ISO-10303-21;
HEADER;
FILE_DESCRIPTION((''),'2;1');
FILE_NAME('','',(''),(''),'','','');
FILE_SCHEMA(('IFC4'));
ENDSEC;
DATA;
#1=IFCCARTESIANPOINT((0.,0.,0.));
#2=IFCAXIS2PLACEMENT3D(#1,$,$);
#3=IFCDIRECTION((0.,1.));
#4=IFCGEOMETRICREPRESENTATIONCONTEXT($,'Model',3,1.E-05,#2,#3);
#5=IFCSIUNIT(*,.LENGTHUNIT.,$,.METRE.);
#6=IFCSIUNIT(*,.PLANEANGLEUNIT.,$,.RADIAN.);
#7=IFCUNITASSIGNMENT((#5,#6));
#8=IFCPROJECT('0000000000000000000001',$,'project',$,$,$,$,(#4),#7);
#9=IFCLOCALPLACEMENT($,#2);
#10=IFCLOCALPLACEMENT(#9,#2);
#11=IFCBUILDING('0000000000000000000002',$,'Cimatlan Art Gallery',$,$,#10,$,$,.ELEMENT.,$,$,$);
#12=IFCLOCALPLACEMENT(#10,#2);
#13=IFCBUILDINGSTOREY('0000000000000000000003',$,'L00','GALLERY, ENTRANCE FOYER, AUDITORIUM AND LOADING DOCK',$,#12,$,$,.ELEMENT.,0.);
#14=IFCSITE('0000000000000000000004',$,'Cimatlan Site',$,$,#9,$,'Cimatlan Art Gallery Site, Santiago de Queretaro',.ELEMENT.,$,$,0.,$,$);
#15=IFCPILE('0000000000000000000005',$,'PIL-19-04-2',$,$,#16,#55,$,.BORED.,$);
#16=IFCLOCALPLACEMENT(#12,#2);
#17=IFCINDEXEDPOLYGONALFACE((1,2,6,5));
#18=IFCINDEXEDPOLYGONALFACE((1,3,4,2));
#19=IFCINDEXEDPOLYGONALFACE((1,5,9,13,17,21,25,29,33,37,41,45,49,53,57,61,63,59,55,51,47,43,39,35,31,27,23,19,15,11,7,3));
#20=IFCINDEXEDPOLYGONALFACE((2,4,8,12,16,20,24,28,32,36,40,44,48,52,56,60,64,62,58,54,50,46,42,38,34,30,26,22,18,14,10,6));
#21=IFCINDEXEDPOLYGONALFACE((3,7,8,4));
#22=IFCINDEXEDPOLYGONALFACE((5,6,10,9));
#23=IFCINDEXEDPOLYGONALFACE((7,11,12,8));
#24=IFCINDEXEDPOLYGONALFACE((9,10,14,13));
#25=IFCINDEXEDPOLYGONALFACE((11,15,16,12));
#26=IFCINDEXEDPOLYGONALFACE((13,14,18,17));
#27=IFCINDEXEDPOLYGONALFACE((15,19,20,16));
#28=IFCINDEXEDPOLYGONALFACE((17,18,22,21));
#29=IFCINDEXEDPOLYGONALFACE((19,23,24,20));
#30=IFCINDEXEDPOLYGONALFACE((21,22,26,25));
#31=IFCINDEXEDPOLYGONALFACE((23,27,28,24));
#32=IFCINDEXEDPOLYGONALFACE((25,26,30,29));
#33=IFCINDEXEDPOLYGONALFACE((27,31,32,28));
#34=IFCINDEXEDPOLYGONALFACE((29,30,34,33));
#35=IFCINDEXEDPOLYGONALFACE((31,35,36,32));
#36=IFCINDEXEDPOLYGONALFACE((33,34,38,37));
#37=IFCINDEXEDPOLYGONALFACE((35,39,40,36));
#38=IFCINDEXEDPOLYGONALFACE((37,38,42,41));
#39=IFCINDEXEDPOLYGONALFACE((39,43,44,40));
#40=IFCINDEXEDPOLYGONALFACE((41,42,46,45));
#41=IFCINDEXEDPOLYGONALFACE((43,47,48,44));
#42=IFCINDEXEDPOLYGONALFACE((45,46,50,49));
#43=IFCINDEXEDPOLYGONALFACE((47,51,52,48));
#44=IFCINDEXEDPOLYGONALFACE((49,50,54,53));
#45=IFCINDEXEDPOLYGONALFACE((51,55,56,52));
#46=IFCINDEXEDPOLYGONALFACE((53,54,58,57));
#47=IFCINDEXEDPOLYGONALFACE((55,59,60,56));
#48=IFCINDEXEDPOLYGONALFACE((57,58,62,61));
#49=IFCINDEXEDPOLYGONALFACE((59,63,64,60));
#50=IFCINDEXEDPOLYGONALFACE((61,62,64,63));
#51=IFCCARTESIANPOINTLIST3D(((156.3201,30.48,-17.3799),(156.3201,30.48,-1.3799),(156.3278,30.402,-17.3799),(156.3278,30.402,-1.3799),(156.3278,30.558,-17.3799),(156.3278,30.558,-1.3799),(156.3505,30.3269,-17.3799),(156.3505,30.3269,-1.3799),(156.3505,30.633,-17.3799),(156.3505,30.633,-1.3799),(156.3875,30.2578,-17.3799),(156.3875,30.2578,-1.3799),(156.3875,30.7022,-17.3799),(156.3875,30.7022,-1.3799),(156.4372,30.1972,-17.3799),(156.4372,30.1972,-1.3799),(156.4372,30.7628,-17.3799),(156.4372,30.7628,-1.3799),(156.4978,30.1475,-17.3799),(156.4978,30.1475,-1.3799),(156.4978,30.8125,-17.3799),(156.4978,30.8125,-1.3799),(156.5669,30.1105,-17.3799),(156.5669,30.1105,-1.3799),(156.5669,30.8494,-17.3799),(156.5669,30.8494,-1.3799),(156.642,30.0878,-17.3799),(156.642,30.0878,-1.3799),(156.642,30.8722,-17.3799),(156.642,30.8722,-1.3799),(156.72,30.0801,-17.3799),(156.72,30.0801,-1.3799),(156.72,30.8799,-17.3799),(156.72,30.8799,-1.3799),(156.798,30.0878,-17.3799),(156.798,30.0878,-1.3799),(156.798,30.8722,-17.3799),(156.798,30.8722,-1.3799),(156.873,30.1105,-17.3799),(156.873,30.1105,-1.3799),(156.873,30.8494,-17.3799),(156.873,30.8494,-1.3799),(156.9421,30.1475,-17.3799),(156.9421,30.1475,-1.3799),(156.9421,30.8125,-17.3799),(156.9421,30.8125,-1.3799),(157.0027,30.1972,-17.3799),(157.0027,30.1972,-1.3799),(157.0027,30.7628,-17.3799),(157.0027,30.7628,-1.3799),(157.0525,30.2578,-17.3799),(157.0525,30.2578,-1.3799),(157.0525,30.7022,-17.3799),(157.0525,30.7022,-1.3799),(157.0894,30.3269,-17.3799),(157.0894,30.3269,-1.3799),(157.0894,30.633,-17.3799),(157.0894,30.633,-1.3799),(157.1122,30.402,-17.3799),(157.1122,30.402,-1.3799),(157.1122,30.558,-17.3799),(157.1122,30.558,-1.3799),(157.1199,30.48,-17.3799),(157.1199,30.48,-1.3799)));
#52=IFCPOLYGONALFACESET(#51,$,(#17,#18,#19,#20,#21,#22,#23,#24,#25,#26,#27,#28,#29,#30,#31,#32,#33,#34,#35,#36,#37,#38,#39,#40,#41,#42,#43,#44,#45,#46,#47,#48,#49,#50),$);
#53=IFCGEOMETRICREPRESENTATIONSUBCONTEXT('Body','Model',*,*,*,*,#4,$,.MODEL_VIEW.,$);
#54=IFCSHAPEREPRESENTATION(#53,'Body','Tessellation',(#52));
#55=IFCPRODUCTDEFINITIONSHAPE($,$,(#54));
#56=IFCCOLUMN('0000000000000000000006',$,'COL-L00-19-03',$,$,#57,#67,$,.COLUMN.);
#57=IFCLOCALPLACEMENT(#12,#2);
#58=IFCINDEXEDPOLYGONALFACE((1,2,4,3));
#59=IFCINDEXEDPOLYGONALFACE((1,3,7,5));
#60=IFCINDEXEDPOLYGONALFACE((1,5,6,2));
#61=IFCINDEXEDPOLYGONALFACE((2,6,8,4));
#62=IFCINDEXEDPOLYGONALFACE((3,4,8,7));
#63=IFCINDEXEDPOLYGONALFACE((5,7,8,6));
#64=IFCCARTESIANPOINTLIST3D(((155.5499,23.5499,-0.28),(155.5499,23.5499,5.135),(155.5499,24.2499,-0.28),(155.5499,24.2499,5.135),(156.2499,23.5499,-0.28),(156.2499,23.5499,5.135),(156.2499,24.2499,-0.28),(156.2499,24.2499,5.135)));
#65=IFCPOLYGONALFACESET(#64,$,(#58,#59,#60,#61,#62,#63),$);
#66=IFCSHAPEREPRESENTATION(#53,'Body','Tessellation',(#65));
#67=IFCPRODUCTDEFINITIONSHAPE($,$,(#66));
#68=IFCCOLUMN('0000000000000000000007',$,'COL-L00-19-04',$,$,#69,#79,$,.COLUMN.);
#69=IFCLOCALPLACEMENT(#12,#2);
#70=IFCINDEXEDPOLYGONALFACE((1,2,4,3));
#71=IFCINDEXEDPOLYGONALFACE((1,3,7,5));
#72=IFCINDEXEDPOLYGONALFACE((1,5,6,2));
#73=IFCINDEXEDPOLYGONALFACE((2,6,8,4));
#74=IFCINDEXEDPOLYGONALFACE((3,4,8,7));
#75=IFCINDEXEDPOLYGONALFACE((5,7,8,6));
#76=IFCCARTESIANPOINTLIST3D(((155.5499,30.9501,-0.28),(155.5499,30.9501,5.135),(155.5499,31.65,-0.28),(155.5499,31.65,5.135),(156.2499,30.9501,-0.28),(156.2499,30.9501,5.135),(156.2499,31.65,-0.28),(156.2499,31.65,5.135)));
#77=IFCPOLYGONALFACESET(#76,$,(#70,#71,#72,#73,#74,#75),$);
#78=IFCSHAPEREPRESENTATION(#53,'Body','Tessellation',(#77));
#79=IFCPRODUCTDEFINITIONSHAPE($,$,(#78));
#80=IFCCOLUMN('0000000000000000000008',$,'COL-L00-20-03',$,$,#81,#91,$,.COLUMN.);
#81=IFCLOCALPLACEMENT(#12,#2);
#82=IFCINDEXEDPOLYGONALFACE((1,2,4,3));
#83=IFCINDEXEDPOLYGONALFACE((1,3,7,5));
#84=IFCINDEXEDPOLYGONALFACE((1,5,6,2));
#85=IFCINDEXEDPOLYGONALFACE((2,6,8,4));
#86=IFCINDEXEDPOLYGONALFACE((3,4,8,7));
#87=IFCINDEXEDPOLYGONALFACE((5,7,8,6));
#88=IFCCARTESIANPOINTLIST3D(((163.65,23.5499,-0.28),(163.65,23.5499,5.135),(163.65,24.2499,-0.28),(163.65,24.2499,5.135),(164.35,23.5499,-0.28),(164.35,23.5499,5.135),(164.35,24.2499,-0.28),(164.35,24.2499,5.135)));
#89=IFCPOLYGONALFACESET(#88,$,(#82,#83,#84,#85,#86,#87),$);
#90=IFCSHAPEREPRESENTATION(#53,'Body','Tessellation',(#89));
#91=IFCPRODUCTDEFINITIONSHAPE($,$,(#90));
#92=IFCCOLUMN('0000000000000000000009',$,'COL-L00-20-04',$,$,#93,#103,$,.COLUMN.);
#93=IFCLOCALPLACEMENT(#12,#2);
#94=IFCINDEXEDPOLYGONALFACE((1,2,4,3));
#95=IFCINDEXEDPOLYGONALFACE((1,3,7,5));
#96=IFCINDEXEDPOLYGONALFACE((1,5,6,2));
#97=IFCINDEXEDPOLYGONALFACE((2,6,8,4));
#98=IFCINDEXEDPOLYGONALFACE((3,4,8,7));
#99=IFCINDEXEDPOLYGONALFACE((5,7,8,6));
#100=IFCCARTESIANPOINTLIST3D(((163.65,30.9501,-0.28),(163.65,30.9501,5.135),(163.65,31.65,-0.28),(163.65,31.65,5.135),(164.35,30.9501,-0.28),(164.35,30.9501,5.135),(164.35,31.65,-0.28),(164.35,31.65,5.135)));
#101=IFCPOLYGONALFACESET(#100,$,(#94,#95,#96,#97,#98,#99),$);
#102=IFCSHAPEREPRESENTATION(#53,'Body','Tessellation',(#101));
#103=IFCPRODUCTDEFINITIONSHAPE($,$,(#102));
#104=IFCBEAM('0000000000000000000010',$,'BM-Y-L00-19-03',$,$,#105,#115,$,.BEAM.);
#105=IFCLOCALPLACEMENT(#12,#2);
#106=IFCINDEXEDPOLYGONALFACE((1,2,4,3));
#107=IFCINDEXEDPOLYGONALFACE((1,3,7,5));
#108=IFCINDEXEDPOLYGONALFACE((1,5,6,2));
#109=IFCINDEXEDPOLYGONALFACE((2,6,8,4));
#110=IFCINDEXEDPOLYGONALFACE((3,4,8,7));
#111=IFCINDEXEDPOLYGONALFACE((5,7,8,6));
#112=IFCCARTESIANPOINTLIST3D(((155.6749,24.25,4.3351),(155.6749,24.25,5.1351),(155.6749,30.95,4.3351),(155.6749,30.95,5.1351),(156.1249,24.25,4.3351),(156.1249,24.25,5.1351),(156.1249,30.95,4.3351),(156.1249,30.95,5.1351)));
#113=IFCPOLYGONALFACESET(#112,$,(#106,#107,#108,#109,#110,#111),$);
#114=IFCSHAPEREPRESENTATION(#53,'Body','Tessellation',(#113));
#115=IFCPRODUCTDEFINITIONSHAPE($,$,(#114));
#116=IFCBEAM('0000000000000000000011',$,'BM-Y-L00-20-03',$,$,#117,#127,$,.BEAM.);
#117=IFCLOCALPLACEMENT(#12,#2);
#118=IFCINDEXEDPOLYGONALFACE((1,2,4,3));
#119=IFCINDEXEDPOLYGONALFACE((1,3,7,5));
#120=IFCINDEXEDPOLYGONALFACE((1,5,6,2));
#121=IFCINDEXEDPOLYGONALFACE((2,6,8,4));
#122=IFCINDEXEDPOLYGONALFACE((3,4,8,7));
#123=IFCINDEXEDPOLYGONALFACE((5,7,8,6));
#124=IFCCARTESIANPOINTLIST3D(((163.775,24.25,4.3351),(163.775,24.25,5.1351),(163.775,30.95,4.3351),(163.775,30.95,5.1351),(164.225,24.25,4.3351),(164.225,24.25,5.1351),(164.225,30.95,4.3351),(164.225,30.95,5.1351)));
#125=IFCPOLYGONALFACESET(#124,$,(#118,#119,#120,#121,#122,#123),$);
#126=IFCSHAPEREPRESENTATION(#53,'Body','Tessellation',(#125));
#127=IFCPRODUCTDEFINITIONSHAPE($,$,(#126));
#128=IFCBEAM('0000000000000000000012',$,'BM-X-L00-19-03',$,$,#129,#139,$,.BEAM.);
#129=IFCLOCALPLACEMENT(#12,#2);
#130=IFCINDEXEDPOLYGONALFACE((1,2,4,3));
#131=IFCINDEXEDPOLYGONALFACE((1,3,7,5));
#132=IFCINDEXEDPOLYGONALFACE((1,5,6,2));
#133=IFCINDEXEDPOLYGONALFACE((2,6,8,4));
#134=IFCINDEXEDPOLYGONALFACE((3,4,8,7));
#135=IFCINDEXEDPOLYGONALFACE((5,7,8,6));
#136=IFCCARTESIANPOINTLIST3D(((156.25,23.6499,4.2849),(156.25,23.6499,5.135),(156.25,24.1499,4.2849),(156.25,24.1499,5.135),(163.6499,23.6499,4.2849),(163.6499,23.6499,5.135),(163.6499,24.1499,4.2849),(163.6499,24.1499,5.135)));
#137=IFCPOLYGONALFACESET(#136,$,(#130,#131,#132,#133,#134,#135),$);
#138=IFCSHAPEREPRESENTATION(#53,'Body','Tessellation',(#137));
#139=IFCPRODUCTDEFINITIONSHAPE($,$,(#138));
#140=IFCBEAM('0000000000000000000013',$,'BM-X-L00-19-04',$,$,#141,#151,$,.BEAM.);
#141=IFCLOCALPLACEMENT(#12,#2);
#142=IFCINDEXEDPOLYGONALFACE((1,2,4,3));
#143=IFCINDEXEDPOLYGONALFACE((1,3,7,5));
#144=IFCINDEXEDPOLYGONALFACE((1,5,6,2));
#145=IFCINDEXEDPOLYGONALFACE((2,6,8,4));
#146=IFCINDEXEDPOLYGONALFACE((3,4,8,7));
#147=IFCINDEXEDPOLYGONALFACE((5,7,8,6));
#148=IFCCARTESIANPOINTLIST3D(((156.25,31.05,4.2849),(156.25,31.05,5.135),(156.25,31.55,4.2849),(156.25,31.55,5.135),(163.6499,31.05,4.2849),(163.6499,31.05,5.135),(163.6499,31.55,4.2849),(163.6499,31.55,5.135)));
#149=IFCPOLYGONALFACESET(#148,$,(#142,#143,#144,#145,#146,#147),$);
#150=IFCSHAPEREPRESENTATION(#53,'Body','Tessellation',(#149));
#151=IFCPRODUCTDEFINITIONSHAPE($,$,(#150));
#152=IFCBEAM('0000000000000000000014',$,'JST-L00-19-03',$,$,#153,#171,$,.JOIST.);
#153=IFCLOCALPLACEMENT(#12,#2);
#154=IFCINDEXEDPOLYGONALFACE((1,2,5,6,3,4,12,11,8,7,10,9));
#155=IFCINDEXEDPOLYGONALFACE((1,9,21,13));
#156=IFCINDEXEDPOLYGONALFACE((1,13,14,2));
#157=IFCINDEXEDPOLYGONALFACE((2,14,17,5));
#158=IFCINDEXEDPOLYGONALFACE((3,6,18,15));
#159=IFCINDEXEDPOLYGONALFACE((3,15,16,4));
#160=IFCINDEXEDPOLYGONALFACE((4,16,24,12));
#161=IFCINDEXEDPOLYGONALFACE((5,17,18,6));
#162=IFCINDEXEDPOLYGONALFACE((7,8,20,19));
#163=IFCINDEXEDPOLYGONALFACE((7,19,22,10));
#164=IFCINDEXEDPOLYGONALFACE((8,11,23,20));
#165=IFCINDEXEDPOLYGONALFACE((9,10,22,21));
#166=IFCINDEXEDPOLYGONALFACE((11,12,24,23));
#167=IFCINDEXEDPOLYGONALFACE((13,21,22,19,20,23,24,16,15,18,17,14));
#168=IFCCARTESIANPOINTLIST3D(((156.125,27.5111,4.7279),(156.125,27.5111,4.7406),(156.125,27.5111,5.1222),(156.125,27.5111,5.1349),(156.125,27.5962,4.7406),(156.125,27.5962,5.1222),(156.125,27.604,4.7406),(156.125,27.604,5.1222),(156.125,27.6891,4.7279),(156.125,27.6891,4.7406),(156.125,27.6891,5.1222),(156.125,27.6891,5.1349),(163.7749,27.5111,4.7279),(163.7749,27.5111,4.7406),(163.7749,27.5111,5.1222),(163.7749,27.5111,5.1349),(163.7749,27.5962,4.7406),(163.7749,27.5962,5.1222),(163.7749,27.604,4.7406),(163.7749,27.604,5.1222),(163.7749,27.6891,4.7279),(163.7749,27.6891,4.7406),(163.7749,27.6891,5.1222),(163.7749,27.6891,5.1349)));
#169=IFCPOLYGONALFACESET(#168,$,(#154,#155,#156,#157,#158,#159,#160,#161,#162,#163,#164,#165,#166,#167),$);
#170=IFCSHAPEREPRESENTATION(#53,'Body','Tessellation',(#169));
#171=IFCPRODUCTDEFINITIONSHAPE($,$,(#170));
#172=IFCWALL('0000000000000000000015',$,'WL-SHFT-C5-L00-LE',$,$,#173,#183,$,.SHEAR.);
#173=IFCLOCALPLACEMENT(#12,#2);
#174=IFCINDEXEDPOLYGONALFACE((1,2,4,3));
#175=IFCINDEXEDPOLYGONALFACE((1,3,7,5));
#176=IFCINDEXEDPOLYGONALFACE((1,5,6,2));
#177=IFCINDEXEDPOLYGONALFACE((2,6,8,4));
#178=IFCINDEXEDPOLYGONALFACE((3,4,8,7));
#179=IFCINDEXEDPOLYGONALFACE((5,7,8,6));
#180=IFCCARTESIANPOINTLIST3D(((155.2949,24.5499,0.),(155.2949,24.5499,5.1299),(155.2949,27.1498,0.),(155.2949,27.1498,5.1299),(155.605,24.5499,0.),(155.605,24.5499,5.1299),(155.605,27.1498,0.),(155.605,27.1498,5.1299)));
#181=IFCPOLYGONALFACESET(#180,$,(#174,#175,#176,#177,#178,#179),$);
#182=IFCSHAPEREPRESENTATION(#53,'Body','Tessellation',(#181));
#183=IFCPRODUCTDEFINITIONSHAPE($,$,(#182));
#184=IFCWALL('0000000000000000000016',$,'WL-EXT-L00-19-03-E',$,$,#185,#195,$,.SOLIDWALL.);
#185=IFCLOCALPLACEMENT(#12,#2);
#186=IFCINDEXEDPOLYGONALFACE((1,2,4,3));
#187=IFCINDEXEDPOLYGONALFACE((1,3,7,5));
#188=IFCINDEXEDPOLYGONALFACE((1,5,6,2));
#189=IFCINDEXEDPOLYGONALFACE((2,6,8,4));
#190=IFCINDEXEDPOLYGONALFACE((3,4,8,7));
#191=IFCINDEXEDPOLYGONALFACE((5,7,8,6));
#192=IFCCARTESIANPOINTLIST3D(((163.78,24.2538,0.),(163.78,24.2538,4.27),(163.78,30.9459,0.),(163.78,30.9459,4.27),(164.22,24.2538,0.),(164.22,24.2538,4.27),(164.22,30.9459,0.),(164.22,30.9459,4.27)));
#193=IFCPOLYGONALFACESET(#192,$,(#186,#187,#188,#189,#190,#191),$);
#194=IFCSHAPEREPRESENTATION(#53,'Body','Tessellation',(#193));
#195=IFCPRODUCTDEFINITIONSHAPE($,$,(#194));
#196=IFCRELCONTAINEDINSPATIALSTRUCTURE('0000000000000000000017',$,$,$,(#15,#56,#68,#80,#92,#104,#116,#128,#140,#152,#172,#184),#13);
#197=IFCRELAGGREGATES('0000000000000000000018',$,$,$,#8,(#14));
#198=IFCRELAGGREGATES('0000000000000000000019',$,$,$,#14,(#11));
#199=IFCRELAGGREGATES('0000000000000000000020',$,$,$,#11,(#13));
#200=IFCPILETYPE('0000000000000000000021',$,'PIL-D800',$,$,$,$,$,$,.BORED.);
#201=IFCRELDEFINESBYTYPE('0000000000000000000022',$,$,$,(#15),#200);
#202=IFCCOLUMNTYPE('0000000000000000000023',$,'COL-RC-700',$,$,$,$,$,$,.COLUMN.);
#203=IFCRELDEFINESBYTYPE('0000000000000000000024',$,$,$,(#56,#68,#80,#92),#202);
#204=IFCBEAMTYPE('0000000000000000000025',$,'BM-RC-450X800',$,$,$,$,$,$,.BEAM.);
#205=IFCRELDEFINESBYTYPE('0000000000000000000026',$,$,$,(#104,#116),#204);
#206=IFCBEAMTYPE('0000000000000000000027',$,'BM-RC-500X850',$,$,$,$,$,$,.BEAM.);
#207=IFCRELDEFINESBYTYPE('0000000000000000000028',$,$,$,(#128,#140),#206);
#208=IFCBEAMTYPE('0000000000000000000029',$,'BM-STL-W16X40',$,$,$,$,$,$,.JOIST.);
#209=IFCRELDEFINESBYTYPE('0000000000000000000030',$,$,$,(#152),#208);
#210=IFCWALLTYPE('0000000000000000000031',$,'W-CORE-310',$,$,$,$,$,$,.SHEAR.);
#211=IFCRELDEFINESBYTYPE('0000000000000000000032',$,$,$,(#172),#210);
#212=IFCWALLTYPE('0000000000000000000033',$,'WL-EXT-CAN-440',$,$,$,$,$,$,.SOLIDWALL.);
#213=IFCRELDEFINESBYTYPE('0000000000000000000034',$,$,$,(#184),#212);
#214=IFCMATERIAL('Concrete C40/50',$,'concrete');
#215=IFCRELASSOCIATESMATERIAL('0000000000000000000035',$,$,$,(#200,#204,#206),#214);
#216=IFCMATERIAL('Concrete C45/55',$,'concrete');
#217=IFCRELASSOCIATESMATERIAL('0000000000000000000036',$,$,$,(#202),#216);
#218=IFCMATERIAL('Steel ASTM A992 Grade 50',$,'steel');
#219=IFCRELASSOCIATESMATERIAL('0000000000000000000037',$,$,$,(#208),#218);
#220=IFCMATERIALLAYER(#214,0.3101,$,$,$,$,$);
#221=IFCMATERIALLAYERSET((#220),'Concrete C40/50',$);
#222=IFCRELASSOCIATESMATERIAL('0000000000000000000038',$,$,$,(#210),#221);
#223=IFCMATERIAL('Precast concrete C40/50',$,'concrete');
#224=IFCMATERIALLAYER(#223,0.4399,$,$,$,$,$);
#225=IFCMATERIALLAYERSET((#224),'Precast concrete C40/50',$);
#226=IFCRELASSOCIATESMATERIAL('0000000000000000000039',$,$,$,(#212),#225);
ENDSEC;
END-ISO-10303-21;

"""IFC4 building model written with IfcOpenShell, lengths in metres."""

from ifc_helpers import new_model, si_unit, direction, frame, frame_2d, origin, origin_2d, place, context, subcontext, project, spatial, rectangle, circle, i_section, extrude, material, layer, layer_set, material_profile, profile_set, type_object, element, save


model = new_model("IFC4")

# Units and contexts
model_context = context("Model", 3, precision=1e-05, world=origin(), true_north=direction((0.0, 1.0)))
body_context = subcontext(model_context, "Body", "Model", "MODEL_VIEW")
ifc_project = project(units=[si_unit("LENGTHUNIT", "METRE"), si_unit("PLANEANGLEUNIT", "RADIAN")], contexts=[model_context])

# Site, building, storey
site_placement = place(None, origin())
site = spatial("IfcSite", under=ifc_project, at=site_placement, Name="Cimatlan Site", LongName="Cimatlan Art Gallery Site, Santiago de Queretaro", CompositionType="ELEMENT", RefElevation=0.0)
building_placement = place(site_placement, origin())
building = spatial("IfcBuilding", under=site, at=building_placement, Name="Cimatlan Art Gallery", CompositionType="ELEMENT")
storey_placement = place(building_placement, origin())
storey = spatial("IfcBuildingStorey", under=building, at=storey_placement, Name="L00", Description="GALLERY, ENTRANCE FOYER, AUDITORIUM AND LOADING DOCK", CompositionType="ELEMENT", Elevation=0.0)

# Shared definitions
ifc_material_1 = material(Name="Concrete C40/50", Category="concrete")

# Pile
pile_type_1 = type_object("IfcPileType", Name="PIL-D800", PredefinedType="BORED", material=ifc_material_1)
for number, where, z_axis, x_axis, name in (
    (1, (156.72, 30.48, -1.3799), (0.0, 0.0, -1.0), (1.0, 0.0, 0.0), "PIL-19-04-2"),
):
    element("IfcPile", number, at=place(storey_placement, frame(where, z_axis=z_axis, x_axis=x_axis)), inside=storey, type_object=pile_type_1, Name=name, PredefinedType="BORED", context=body_context, shape_type="SweptSolid", body=[
        extrude(circle(Radius=0.3999, at=origin_2d()), origin(), (0.0, 0.0, 1.0), 16.0),
    ])

# Columns
ifc_material_2 = material(Name="Concrete C45/55", Category="concrete")
ifc_material_profile_1 = material_profile(ifc_material_2, rectangle(XDim=0.7, YDim=0.7, at=origin_2d()), Name="RC700X700")
ifc_profile_set_1 = profile_set([ifc_material_profile_1], Name="Concrete C45/55")
column_type = type_object("IfcColumnType", Name="COL-RC-700", PredefinedType="COLUMN", material=ifc_profile_set_1)
for number, where, z_axis, x_axis, name in (
    (2, (155.8999, 23.8999, -0.28), (0.0, 0.0, 1.0), (1.0, 0.0, 0.0), "COL-L00-19-03"),
    (3, (155.8999, 31.3, -0.28), (0.0, 0.0, 1.0), (1.0, 0.0, 0.0), "COL-L00-19-04"),
    (4, (164.0, 23.8999, -0.28), (0.0, 0.0, 1.0), (1.0, 0.0, 0.0), "COL-L00-20-03"),
    (5, (164.0, 31.3, -0.28), (0.0, 0.0, 1.0), (1.0, 0.0, 0.0), "COL-L00-20-04"),
):
    element("IfcColumn", number, at=place(storey_placement, frame(where, z_axis=z_axis, x_axis=x_axis)), inside=storey, type_object=column_type, Name=name, PredefinedType="COLUMN", context=body_context, shape_type="SweptSolid", body=[
        extrude(rectangle(XDim=0.7, YDim=0.7, at=origin_2d()), origin(), (0.0, 0.0, 1.0), 5.415),
    ])

# Beams
ifc_material_profile_2 = material_profile(ifc_material_1, rectangle(XDim=0.45, YDim=0.8, at=origin_2d()), Name="RC450X800")
ifc_profile_set_2 = profile_set([ifc_material_profile_2], Name="Concrete C40/50")
beam_type_1 = type_object("IfcBeamType", Name="BM-RC-450X800", PredefinedType="BEAM", material=ifc_profile_set_2)
for number, where, z_axis, x_axis, name in (
    (6, (155.8999, 24.25, 4.7351), (0.0, 1.0, 0.0), (-1.0, 0.0, 0.0), "BM-Y-L00-19-03"),
    (7, (164.0, 24.25, 4.7351), (0.0, 1.0, 0.0), (-1.0, 0.0, 0.0), "BM-Y-L00-20-03"),
):
    element("IfcBeam", number, at=place(storey_placement, frame(where, z_axis=z_axis, x_axis=x_axis)), inside=storey, type_object=beam_type_1, Name=name, PredefinedType="BEAM", context=body_context, shape_type="SweptSolid", body=[
        extrude(rectangle(XDim=0.45, YDim=0.8, at=origin_2d()), origin(), (0.0, 0.0, 1.0), 6.7),
    ])
ifc_material_profile_3 = material_profile(ifc_material_1, rectangle(XDim=0.5, YDim=0.8501, at=origin_2d()), Name="RC500X850")
ifc_profile_set_3 = profile_set([ifc_material_profile_3], Name="Concrete C40/50")
beam_type_2 = type_object("IfcBeamType", Name="BM-RC-500X850", PredefinedType="BEAM", material=ifc_profile_set_3)
for number, where, z_axis, x_axis, name in (
    (8, (156.25, 23.8999, 4.71), (1.0, 0.0, 0.0), (0.0, 1.0, 0.0), "BM-X-L00-19-03"),
    (9, (156.25, 31.3, 4.71), (1.0, 0.0, 0.0), (0.0, 1.0, 0.0), "BM-X-L00-19-04"),
):
    element("IfcBeam", number, at=place(storey_placement, frame(where, z_axis=z_axis, x_axis=x_axis)), inside=storey, type_object=beam_type_2, Name=name, PredefinedType="BEAM", context=body_context, shape_type="SweptSolid", body=[
        extrude(rectangle(XDim=0.5, YDim=0.8501, at=origin_2d()), origin(), (0.0, 0.0, 1.0), 7.3999),
    ])
ifc_material_3 = material(Name="Steel ASTM A992 Grade 50", Category="steel")
ifc_material_profile_4 = material_profile(ifc_material_3, i_section(OverallWidth=0.178, OverallDepth=0.407, WebThickness=0.0078, FlangeThickness=0.0127, at=origin_2d()), Name="W16X40")
ifc_profile_set_4 = profile_set([ifc_material_profile_4], Name="Steel ASTM A992 Grade 50")
beam_type_3 = type_object("IfcBeamType", Name="BM-STL-W16X40", PredefinedType="JOIST", material=ifc_profile_set_4)
beam_placement = place(storey_placement, frame((156.125, 27.6001, 4.9314), z_axis=(1.0, 0.0, 0.0), x_axis=(0.0, 1.0, 0.0)))
element("IfcBeam", 10, at=beam_placement, inside=storey, type_object=beam_type_3, Name="JST-L00-19-03", PredefinedType="JOIST", context=body_context, shape_type="SweptSolid", body=[
    extrude(i_section(OverallWidth=0.178, OverallDepth=0.407, WebThickness=0.0078, FlangeThickness=0.0127, at=origin_2d()), origin(), (0.0, 0.0, 1.0), 7.6499),
])

# Walls
ifc_layer_1 = layer(ifc_material_1, 0.3101)
ifc_layer_set_1 = layer_set([ifc_layer_1], Name="Concrete C40/50")
wall_type_1 = type_object("IfcWallType", Name="W-CORE-310", PredefinedType="SHEAR", material=ifc_layer_set_1)
wall_1_placement = place(storey_placement, frame((155.45, 24.55, 0.0), z_axis=(0.0, 0.0, 1.0), x_axis=(0.0, 1.0, 0.0)))
element("IfcWall", 11, at=wall_1_placement, inside=storey, type_object=wall_type_1, Name="WL-SHFT-C5-L00-LE", PredefinedType="SHEAR", context=body_context, shape_type="SweptSolid", body=[
    extrude(rectangle(XDim=2.5999, YDim=0.3101, at=frame_2d((1.2998, 0.0))), origin(), (0.0, 0.0, 1.0), 5.1299),
])
ifc_material_4 = material(Name="Precast concrete C40/50", Category="concrete")
ifc_layer_2 = layer(ifc_material_4, 0.4399)
ifc_layer_set_2 = layer_set([ifc_layer_2], Name="Precast concrete C40/50")
wall_type_2 = type_object("IfcWallType", Name="WL-EXT-CAN-440", PredefinedType="SOLIDWALL", material=ifc_layer_set_2)
wall_2_placement = place(storey_placement, frame((164.0, 30.946, 0.0), z_axis=(0.0, 0.0, 1.0), x_axis=(0.0, -1.0, 0.0)))
element("IfcWall", 12, at=wall_2_placement, inside=storey, type_object=wall_type_2, Name="WL-EXT-L00-19-03-E", PredefinedType="SOLIDWALL", context=body_context, shape_type="SweptSolid", body=[
    extrude(rectangle(XDim=6.6921, YDim=0.4399, at=frame_2d((3.3462, 0.0))), origin(), (0.0, 0.0, 1.0), 4.27),
])

save(model, "model.ifc")
